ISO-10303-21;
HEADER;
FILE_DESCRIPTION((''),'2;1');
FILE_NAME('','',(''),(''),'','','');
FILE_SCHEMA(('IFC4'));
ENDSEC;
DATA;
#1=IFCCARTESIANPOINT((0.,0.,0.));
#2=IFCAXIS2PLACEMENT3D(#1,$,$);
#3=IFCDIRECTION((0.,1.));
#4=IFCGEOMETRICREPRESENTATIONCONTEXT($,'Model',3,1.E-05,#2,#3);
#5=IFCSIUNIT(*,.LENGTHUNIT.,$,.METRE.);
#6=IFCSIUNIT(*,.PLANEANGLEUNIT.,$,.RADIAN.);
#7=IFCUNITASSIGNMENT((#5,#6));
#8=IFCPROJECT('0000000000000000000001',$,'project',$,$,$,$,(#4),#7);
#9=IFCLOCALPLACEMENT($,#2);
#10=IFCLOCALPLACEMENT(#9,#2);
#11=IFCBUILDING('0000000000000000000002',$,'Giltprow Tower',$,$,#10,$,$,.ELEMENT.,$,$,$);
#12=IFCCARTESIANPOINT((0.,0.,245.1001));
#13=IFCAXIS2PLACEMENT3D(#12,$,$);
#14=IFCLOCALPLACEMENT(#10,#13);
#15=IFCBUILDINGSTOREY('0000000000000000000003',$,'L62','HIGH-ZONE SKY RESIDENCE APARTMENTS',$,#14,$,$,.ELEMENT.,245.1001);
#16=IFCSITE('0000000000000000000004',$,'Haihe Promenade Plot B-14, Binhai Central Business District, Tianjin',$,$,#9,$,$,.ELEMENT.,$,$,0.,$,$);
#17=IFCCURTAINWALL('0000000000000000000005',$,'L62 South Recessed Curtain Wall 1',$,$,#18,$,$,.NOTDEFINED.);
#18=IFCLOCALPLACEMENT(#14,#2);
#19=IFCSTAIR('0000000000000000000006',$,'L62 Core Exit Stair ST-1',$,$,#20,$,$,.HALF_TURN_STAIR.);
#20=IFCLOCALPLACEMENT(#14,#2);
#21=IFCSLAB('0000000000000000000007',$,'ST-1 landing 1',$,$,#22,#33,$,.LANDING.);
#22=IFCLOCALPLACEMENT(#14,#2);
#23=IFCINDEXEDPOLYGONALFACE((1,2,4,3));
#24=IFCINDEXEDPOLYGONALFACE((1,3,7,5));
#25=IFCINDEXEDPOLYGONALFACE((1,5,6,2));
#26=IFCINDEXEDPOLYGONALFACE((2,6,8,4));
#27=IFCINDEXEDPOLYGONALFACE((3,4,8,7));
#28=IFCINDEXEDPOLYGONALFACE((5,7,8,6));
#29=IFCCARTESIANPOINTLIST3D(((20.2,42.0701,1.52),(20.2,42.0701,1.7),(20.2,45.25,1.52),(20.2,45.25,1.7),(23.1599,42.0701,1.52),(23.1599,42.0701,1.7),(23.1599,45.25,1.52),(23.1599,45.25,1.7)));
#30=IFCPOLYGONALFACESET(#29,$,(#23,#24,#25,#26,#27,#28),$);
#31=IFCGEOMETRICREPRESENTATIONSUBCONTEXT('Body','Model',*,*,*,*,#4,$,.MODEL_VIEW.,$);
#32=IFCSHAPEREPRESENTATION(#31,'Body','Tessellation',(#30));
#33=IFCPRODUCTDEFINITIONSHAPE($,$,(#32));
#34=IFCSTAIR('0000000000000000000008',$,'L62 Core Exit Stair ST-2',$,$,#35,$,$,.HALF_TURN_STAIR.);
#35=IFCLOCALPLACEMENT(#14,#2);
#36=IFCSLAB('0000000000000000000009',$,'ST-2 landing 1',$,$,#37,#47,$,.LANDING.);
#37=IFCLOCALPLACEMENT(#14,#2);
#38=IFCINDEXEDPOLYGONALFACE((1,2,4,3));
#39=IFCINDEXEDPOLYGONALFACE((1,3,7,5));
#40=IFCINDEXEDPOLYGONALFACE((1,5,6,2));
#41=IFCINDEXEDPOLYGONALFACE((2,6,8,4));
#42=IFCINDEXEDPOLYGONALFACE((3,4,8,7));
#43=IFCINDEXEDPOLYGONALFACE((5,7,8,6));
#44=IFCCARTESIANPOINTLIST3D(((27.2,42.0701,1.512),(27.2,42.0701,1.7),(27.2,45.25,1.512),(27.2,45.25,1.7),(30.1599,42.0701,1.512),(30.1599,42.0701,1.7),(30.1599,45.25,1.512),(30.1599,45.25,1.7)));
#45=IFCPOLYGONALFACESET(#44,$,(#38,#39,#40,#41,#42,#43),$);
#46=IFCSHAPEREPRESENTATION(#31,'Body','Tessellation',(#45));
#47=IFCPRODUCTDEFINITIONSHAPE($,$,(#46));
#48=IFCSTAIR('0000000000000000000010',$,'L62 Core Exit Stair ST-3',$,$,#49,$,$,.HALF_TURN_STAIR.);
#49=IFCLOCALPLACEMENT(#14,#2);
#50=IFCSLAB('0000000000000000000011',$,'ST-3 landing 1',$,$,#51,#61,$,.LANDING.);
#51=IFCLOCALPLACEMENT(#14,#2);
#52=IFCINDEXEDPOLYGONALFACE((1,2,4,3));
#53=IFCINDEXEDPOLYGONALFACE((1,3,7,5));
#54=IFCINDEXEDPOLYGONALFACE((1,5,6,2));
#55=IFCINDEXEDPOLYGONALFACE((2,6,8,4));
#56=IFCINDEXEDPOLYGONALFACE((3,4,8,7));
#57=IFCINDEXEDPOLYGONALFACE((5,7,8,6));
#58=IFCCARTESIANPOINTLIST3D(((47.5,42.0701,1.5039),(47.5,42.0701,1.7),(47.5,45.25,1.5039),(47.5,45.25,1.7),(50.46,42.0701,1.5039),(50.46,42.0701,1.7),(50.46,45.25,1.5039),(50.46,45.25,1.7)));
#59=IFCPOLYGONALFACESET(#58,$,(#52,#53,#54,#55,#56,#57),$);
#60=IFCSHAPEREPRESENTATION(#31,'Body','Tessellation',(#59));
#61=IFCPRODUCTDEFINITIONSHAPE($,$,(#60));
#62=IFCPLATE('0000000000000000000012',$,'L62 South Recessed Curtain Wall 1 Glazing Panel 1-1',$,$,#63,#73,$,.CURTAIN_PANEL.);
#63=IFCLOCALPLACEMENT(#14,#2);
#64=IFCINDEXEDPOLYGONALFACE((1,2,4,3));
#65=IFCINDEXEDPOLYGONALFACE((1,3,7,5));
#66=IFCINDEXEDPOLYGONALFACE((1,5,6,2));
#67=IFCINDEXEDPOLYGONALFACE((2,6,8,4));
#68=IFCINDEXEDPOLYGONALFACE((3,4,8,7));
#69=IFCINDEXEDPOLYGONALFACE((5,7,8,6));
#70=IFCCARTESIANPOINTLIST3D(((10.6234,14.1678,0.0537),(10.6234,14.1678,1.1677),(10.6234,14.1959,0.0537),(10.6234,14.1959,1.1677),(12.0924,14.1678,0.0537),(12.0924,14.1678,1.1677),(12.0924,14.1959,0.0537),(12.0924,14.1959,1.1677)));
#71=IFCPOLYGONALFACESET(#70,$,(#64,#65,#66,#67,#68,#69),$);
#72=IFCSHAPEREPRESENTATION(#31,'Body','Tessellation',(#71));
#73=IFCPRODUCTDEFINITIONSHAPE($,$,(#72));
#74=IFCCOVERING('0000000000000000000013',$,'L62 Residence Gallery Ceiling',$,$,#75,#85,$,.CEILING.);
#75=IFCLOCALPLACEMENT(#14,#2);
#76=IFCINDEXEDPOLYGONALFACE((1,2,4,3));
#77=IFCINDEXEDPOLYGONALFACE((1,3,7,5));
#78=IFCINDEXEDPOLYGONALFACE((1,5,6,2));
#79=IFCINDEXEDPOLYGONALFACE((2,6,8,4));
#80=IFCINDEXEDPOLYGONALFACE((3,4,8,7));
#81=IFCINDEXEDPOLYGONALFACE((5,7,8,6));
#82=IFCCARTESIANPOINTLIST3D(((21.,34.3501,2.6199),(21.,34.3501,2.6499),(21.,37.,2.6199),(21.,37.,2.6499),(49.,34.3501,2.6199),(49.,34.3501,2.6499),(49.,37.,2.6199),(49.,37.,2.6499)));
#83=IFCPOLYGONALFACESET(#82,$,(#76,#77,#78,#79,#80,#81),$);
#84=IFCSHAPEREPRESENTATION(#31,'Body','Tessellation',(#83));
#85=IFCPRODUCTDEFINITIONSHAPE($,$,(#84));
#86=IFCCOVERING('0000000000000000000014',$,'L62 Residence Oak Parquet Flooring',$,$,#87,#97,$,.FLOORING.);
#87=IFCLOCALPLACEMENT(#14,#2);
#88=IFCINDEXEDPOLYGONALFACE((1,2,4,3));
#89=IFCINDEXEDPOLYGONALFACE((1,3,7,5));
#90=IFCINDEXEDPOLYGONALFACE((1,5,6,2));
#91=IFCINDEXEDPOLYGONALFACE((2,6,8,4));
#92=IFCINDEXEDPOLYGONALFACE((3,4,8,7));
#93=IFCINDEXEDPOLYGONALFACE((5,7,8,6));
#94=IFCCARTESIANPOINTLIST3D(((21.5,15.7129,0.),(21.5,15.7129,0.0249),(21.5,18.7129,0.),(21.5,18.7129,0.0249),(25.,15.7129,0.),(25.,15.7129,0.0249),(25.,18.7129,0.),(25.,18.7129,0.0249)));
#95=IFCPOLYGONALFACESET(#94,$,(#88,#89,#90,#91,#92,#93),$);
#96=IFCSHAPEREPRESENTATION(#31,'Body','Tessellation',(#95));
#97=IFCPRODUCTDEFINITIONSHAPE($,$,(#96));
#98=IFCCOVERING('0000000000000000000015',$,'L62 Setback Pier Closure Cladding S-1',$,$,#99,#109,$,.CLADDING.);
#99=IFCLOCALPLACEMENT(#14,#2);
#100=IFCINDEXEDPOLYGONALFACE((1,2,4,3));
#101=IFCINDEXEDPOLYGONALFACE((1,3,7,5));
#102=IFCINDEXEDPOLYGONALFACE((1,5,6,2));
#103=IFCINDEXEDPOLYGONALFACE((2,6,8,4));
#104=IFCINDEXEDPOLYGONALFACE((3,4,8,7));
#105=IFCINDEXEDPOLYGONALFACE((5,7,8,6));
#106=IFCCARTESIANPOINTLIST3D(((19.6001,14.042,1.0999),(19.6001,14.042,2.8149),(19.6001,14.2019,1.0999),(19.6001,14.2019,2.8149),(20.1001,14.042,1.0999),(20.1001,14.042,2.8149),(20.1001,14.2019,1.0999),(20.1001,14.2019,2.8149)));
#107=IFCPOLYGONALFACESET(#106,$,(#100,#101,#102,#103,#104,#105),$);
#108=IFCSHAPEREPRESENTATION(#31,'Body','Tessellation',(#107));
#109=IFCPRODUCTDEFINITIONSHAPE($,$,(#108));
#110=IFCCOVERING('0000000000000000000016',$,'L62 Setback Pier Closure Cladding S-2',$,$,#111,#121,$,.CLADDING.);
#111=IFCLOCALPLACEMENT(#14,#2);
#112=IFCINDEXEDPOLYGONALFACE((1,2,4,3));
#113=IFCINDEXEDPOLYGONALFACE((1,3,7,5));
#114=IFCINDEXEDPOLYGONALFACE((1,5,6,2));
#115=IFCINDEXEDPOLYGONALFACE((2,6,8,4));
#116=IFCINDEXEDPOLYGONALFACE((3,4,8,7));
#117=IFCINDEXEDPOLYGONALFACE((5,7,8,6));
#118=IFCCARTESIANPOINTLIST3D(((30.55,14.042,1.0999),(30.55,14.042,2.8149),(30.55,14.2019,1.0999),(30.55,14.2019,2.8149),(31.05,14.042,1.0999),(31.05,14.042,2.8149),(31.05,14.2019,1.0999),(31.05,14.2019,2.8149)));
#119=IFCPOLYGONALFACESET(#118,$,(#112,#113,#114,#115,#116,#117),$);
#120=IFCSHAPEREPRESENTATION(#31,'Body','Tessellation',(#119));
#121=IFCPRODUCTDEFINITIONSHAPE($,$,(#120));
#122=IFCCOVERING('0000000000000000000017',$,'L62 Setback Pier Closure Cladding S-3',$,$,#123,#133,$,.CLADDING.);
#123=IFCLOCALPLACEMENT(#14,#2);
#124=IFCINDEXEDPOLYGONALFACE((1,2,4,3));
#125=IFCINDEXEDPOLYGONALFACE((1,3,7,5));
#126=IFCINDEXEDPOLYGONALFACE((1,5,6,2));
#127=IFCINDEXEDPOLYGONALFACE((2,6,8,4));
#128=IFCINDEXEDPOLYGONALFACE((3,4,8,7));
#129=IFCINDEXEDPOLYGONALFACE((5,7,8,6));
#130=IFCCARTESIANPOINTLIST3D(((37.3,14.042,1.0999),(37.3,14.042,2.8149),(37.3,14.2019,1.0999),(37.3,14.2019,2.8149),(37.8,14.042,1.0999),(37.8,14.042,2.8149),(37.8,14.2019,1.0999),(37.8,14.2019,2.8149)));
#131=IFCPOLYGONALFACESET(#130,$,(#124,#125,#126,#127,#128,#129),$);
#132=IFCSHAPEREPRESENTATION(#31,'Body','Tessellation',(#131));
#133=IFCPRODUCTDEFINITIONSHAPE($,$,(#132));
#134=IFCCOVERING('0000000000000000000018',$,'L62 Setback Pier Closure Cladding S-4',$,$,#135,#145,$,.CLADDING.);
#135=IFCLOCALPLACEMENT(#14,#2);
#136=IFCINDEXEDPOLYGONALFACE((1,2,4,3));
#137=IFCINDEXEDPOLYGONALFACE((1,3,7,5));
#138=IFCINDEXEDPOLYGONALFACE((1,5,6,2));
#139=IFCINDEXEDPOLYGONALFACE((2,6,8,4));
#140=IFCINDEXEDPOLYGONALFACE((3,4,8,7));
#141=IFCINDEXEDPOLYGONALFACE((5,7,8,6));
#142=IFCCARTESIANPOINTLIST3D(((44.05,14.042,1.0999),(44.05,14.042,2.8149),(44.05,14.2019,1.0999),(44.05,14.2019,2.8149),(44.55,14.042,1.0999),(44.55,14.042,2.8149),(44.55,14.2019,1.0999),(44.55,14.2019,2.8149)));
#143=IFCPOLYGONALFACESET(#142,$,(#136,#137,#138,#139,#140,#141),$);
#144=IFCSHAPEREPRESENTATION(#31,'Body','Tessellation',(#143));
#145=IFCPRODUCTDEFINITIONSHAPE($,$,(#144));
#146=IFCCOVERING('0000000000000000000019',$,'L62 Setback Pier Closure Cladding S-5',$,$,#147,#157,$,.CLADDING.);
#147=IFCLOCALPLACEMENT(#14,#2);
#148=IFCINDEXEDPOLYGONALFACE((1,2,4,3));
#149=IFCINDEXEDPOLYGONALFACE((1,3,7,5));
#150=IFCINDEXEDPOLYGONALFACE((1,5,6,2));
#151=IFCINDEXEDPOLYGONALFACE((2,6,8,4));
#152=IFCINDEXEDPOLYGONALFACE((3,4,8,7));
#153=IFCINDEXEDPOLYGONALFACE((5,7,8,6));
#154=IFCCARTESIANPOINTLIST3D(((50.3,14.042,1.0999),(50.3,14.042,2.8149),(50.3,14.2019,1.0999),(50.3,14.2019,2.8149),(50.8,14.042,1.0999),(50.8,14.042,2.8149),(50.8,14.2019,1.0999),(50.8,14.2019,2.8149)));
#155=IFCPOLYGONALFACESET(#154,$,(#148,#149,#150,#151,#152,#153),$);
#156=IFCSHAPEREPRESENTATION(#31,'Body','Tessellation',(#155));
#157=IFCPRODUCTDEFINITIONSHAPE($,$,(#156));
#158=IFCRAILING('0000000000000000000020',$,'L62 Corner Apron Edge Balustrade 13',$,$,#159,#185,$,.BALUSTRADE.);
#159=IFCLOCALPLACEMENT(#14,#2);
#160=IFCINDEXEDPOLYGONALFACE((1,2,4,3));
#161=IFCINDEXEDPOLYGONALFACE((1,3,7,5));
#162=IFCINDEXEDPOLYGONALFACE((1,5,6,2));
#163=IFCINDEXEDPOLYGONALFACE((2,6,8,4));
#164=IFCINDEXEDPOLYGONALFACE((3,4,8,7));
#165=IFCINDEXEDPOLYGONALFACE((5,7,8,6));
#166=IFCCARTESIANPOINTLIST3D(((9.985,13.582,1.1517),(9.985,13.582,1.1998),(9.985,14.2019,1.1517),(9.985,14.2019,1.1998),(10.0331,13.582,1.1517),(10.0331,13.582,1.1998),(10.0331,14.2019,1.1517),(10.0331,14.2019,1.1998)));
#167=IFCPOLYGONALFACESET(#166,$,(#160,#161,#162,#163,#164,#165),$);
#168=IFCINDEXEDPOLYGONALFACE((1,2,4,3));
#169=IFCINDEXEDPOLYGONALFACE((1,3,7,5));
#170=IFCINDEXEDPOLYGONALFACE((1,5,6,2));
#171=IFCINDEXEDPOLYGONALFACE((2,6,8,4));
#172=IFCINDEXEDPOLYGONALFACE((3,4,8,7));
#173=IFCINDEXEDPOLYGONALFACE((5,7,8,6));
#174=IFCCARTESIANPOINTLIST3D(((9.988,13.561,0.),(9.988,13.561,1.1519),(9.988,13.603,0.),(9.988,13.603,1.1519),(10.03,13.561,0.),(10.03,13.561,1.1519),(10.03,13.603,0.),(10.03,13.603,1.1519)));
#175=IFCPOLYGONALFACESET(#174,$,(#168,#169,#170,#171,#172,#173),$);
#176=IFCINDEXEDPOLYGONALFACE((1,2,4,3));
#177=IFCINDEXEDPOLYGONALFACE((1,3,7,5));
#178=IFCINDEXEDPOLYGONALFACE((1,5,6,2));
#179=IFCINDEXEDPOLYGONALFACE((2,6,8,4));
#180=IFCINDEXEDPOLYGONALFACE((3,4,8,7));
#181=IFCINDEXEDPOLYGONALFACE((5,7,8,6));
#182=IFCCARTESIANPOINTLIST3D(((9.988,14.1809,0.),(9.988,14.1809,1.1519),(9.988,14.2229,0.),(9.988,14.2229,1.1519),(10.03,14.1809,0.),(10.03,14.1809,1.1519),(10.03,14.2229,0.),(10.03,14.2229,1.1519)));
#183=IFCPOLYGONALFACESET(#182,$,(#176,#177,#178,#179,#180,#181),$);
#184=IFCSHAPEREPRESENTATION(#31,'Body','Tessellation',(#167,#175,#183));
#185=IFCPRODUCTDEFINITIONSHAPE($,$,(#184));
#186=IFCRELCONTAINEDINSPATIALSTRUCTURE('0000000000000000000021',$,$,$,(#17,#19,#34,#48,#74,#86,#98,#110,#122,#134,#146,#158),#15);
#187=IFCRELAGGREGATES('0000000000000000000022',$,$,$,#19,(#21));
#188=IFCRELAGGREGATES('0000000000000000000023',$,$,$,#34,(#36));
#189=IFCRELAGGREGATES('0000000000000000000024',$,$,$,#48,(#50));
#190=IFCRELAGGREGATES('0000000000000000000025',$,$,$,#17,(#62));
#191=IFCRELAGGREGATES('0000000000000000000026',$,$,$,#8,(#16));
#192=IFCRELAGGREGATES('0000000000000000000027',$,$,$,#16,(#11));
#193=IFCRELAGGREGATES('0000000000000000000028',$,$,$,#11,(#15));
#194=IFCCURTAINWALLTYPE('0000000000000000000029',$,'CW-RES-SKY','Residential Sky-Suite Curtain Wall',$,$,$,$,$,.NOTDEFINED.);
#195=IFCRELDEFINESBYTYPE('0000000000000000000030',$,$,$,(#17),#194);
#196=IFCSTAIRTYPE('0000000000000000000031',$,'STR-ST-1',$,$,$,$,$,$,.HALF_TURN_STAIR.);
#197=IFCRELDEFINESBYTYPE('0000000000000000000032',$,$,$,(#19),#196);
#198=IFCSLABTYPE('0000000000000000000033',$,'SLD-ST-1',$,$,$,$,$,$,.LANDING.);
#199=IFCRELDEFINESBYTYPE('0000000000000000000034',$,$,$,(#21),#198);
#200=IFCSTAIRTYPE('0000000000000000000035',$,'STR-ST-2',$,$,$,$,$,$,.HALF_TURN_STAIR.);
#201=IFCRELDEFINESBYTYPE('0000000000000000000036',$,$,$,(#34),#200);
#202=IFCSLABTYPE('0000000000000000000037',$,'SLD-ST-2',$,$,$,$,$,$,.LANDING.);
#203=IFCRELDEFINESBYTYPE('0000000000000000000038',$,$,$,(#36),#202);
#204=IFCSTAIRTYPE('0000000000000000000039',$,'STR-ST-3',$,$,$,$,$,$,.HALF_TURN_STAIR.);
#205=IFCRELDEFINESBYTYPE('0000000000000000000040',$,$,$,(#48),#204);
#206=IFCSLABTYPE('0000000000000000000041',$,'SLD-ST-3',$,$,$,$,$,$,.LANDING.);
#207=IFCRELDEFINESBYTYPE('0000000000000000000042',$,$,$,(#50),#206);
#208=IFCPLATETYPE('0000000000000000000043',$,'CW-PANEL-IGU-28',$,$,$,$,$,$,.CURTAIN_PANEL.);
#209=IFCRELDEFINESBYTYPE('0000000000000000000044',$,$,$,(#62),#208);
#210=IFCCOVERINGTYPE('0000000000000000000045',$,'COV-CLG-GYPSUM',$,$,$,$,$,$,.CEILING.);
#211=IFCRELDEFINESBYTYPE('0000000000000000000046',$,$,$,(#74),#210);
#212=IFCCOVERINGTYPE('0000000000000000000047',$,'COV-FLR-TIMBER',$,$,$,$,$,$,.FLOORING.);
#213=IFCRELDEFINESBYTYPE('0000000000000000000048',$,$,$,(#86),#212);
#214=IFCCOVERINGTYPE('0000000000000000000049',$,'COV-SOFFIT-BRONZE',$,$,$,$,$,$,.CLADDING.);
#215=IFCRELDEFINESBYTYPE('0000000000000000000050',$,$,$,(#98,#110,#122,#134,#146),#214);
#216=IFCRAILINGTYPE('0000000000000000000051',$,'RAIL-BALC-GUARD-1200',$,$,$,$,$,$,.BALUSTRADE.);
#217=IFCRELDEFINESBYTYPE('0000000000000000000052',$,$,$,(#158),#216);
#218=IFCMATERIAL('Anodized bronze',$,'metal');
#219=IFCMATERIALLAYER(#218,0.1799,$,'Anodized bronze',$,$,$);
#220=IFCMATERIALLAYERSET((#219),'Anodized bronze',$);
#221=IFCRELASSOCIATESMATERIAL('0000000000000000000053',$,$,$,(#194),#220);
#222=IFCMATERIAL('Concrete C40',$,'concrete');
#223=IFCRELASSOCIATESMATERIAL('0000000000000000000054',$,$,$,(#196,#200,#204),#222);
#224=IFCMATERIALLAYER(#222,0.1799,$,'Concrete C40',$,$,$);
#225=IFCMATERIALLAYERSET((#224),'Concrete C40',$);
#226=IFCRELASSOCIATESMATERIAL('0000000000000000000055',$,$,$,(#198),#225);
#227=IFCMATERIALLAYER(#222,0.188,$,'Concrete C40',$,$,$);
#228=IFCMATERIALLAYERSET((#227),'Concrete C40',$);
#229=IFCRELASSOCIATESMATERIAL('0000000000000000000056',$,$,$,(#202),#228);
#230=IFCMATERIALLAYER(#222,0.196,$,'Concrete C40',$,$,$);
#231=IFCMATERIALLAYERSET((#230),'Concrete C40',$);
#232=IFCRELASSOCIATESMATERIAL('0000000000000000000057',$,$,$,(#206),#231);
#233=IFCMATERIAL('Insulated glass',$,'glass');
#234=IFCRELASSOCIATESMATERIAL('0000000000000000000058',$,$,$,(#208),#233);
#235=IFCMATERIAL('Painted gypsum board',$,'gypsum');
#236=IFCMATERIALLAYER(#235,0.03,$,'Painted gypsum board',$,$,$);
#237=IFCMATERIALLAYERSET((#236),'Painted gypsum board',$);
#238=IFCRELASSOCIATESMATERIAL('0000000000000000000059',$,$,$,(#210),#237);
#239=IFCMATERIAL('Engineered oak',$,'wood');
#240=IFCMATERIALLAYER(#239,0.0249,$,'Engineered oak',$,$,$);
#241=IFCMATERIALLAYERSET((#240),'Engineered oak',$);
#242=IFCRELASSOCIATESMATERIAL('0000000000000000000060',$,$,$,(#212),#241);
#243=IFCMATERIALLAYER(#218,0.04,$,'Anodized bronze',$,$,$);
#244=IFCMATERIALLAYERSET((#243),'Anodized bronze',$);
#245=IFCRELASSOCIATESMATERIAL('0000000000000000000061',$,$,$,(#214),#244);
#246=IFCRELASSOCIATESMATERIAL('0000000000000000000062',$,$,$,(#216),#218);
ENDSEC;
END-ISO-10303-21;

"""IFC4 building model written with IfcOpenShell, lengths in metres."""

from ifc_helpers import new_model, si_unit, direction, frame, origin, origin_2d, place, context, subcontext, project, spatial, polyline, rectangle, outline, extrude, source, transform, mapped, material, layer, layer_set, type_object, element, aggregate, save


model = new_model("IFC4")

# Units and contexts
model_context = context("Model", 3, precision=1e-05, world=origin(), true_north=direction((0.0, 1.0)))
body_context = subcontext(model_context, "Body", "Model", "MODEL_VIEW")
ifc_project = project(units=[si_unit("LENGTHUNIT", "METRE"), si_unit("PLANEANGLEUNIT", "RADIAN")], contexts=[model_context])

# Site, building, storey
site_placement = place(None, origin())
site = spatial("IfcSite", under=ifc_project, at=site_placement, Name="Haihe Promenade Plot B-14, Binhai Central Business District, Tianjin", CompositionType="ELEMENT", RefElevation=0.0)
building_placement = place(site_placement, origin())
building = spatial("IfcBuilding", under=site, at=building_placement, Name="Giltprow Tower", CompositionType="ELEMENT")
storey_placement = place(building_placement, frame((0.0, 0.0, 245.1001)))
storey = spatial("IfcBuildingStorey", under=building, at=storey_placement, Name="L62", Description="HIGH-ZONE SKY RESIDENCE APARTMENTS", CompositionType="ELEMENT", Elevation=245.1001)

# Curtain wall
ifc_material_1 = material(Name="Anodized bronze", Category="metal")
ifc_layer_1 = layer(ifc_material_1, 0.1799, Name="Anodized bronze")
ifc_layer_set_1 = layer_set([ifc_layer_1], Name="Anodized bronze")
curtain_wall_type = type_object("IfcCurtainWallType", Name="CW-RES-SKY", Description="Residential Sky-Suite Curtain Wall", PredefinedType="NOTDEFINED", material=ifc_layer_set_1)
curtain_wall_placement = place(storey_placement, origin())
curtain_wall = element("IfcCurtainWall", 1, at=curtain_wall_placement, inside=storey, type_object=curtain_wall_type, Name="L62 South Recessed Curtain Wall 1", PredefinedType="NOTDEFINED")

# Shared definitions
ifc_material_2 = material(Name="Concrete C40", Category="concrete")

# Stairs, slabs
stair_type_1 = type_object("IfcStairType", Name="STR-ST-1", PredefinedType="HALF_TURN_STAIR", material=ifc_material_2)
stair_1_placement = place(storey_placement, origin())
stair_1 = element("IfcStair", 2, at=stair_1_placement, inside=storey, type_object=stair_type_1, Name="L62 Core Exit Stair ST-1", PredefinedType="HALF_TURN_STAIR")
ifc_layer_2 = layer(ifc_material_2, 0.1799, Name="Concrete C40")
ifc_layer_set_2 = layer_set([ifc_layer_2], Name="Concrete C40")
slab_type_1 = type_object("IfcSlabType", Name="SLD-ST-1", PredefinedType="LANDING", material=ifc_layer_set_2)
slab_1_placement = place(storey_placement, frame((0.0, 0.0, 1.52)))
slab_1 = element("IfcSlab", 3, at=slab_1_placement, type_object=slab_type_1, Name="ST-1 landing 1", PredefinedType="LANDING", context=body_context, shape_type="SweptSolid", body=[
    extrude(outline(polyline([(23.1599, 42.0701), (23.1599, 45.25), (20.2, 45.25), (20.2, 42.0701), (23.1599, 42.0701)])), origin(), (0.0, 0.0, 1.0), 0.1799),
])
aggregate(stair_1, [slab_1])
stair_type_2 = type_object("IfcStairType", Name="STR-ST-2", PredefinedType="HALF_TURN_STAIR", material=ifc_material_2)
stair_2_placement = place(storey_placement, origin())
stair_2 = element("IfcStair", 4, at=stair_2_placement, inside=storey, type_object=stair_type_2, Name="L62 Core Exit Stair ST-2", PredefinedType="HALF_TURN_STAIR")
ifc_layer_3 = layer(ifc_material_2, 0.188, Name="Concrete C40")
ifc_layer_set_3 = layer_set([ifc_layer_3], Name="Concrete C40")
slab_type_2 = type_object("IfcSlabType", Name="SLD-ST-2", PredefinedType="LANDING", material=ifc_layer_set_3)
slab_2_placement = place(storey_placement, frame((0.0, 0.0, 1.512)))
slab_2 = element("IfcSlab", 5, at=slab_2_placement, type_object=slab_type_2, Name="ST-2 landing 1", PredefinedType="LANDING", context=body_context, shape_type="SweptSolid", body=[
    extrude(outline(polyline([(30.1599, 42.0701), (30.1599, 45.25), (27.2, 45.25), (27.2, 42.0701), (30.1599, 42.0701)])), origin(), (0.0, 0.0, 1.0), 0.188),
])
aggregate(stair_2, [slab_2])
stair_type_3 = type_object("IfcStairType", Name="STR-ST-3", PredefinedType="HALF_TURN_STAIR", material=ifc_material_2)
stair_3_placement = place(storey_placement, origin())
stair_3 = element("IfcStair", 6, at=stair_3_placement, inside=storey, type_object=stair_type_3, Name="L62 Core Exit Stair ST-3", PredefinedType="HALF_TURN_STAIR")
ifc_layer_4 = layer(ifc_material_2, 0.196, Name="Concrete C40")
ifc_layer_set_4 = layer_set([ifc_layer_4], Name="Concrete C40")
slab_type_3 = type_object("IfcSlabType", Name="SLD-ST-3", PredefinedType="LANDING", material=ifc_layer_set_4)
slab_3_placement = place(storey_placement, frame((0.0, 0.0, 1.5039)))
slab_3 = element("IfcSlab", 7, at=slab_3_placement, type_object=slab_type_3, Name="ST-3 landing 1", PredefinedType="LANDING", context=body_context, shape_type="SweptSolid", body=[
    extrude(outline(polyline([(50.46, 42.0701), (50.46, 45.25), (47.5, 45.25), (47.5, 42.0701), (50.46, 42.0701)])), origin(), (0.0, 0.0, 1.0), 0.196),
])
aggregate(stair_3, [slab_3])

# Plate
ifc_material_3 = material(Name="Insulated glass", Category="glass")
plate_type = type_object("IfcPlateType", Name="CW-PANEL-IGU-28", PredefinedType="CURTAIN_PANEL", material=ifc_material_3)
shared_shape_1 = source(origin(), body_context, "Body", "SweptSolid", [
    extrude(rectangle(XDim=1.469, YDim=0.0281, at=origin_2d()), origin(), (0.0, 0.0, 1.0), 1.114),
])
plate_placement = place(storey_placement, frame((11.3579, 14.1819, 0.0537), z_axis=(0.0, 0.0, 1.0), x_axis=(1.0, 0.0, 0.0)))
plate = element("IfcPlate", 8, at=plate_placement, type_object=plate_type, Name="L62 South Recessed Curtain Wall 1 Glazing Panel 1-1", PredefinedType="CURTAIN_PANEL", context=body_context, shape_type="MappedRepresentation", body=[
    mapped(shared_shape_1, transform((0.0, 0.0, 0.0), x_axis=(1.0, 0.0, 0.0), y_axis=(0.0, 1.0, 0.0), z_axis=(0.0, 0.0, 1.0), scale=1.0)),
])
aggregate(curtain_wall, [plate])

# Coverings
ifc_material_4 = material(Name="Painted gypsum board", Category="gypsum")
ifc_layer_5 = layer(ifc_material_4, 0.03, Name="Painted gypsum board")
ifc_layer_set_5 = layer_set([ifc_layer_5], Name="Painted gypsum board")
covering_type_1 = type_object("IfcCoveringType", Name="COV-CLG-GYPSUM", PredefinedType="CEILING", material=ifc_layer_set_5)
covering_1_placement = place(storey_placement, frame((0.0, 0.0, 2.6199)))
element("IfcCovering", 9, at=covering_1_placement, inside=storey, type_object=covering_type_1, Name="L62 Residence Gallery Ceiling", PredefinedType="CEILING", context=body_context, shape_type="SweptSolid", body=[
    extrude(outline(polyline([(21.0, 34.3501), (49.0, 34.3501), (49.0, 37.0), (21.0, 37.0), (21.0, 34.3501)])), origin(), (0.0, 0.0, 1.0), 0.03),
])
ifc_material_5 = material(Name="Engineered oak", Category="wood")
ifc_layer_6 = layer(ifc_material_5, 0.0249, Name="Engineered oak")
ifc_layer_set_6 = layer_set([ifc_layer_6], Name="Engineered oak")
covering_type_2 = type_object("IfcCoveringType", Name="COV-FLR-TIMBER", PredefinedType="FLOORING", material=ifc_layer_set_6)
covering_2_placement = place(storey_placement, origin())
element("IfcCovering", 10, at=covering_2_placement, inside=storey, type_object=covering_type_2, Name="L62 Residence Oak Parquet Flooring", PredefinedType="FLOORING", context=body_context, shape_type="SweptSolid", body=[
    extrude(outline(polyline([(21.5, 15.7129), (25.0, 15.7129), (25.0, 18.7129), (21.5, 18.7129), (21.5, 15.7129)])), origin(), (0.0, 0.0, 1.0), 0.0249),
])
ifc_layer_7 = layer(ifc_material_1, 0.04, Name="Anodized bronze")
ifc_layer_set_7 = layer_set([ifc_layer_7], Name="Anodized bronze")
covering_type_3 = type_object("IfcCoveringType", Name="COV-SOFFIT-BRONZE", PredefinedType="CLADDING", material=ifc_layer_set_7)
covering_3_placement = place(storey_placement, frame((0.0, 0.0, 1.0999)))
element("IfcCovering", 11, at=covering_3_placement, inside=storey, type_object=covering_type_3, Name="L62 Setback Pier Closure Cladding S-1", PredefinedType="CLADDING", context=body_context, shape_type="SweptSolid", body=[
    extrude(outline(polyline([(19.6001, 14.042), (20.1001, 14.042), (20.1001, 14.2019), (19.6001, 14.2019), (19.6001, 14.042)])), origin(), (0.0, 0.0, 1.0), 1.7151),
])
covering_4_placement = place(storey_placement, frame((0.0, 0.0, 1.0999)))
element("IfcCovering", 12, at=covering_4_placement, inside=storey, type_object=covering_type_3, Name="L62 Setback Pier Closure Cladding S-2", PredefinedType="CLADDING", context=body_context, shape_type="SweptSolid", body=[
    extrude(outline(polyline([(30.55, 14.042), (31.05, 14.042), (31.05, 14.2019), (30.55, 14.2019), (30.55, 14.042)])), origin(), (0.0, 0.0, 1.0), 1.7151),
])
covering_5_placement = place(storey_placement, frame((0.0, 0.0, 1.0999)))
element("IfcCovering", 13, at=covering_5_placement, inside=storey, type_object=covering_type_3, Name="L62 Setback Pier Closure Cladding S-3", PredefinedType="CLADDING", context=body_context, shape_type="SweptSolid", body=[
    extrude(outline(polyline([(37.3, 14.042), (37.8, 14.042), (37.8, 14.2019), (37.3, 14.2019), (37.3, 14.042)])), origin(), (0.0, 0.0, 1.0), 1.7151),
])
covering_6_placement = place(storey_placement, frame((0.0, 0.0, 1.0999)))
element("IfcCovering", 14, at=covering_6_placement, inside=storey, type_object=covering_type_3, Name="L62 Setback Pier Closure Cladding S-4", PredefinedType="CLADDING", context=body_context, shape_type="SweptSolid", body=[
    extrude(outline(polyline([(44.05, 14.042), (44.55, 14.042), (44.55, 14.2019), (44.05, 14.2019), (44.05, 14.042)])), origin(), (0.0, 0.0, 1.0), 1.7151),
])
covering_7_placement = place(storey_placement, frame((0.0, 0.0, 1.0999)))
element("IfcCovering", 15, at=covering_7_placement, inside=storey, type_object=covering_type_3, Name="L62 Setback Pier Closure Cladding S-5", PredefinedType="CLADDING", context=body_context, shape_type="SweptSolid", body=[
    extrude(outline(polyline([(50.3, 14.042), (50.8, 14.042), (50.8, 14.2019), (50.3, 14.2019), (50.3, 14.042)])), origin(), (0.0, 0.0, 1.0), 1.7151),
])

# Railing
railing_type = type_object("IfcRailingType", Name="RAIL-BALC-GUARD-1200", PredefinedType="BALUSTRADE", material=ifc_material_1)
railing_placement = place(storey_placement, frame((10.009, 13.582, 0.0)))
element("IfcRailing", 16, at=railing_placement, inside=storey, type_object=railing_type, Name="L62 Corner Apron Edge Balustrade 13", PredefinedType="BALUSTRADE", context=body_context, shape_type="SweptSolid", body=[
    extrude(rectangle(XDim=0.0481, YDim=0.0481, at=origin_2d()), frame((0.0, 0.0, 1.1758), z_axis=(0.0, 1.0, 0.0), x_axis=(-1.0, 0.0, 0.0)), (0.0, 0.0, 1.0), 0.6199),
    extrude(rectangle(XDim=0.042, YDim=0.042, at=origin_2d()), origin(), (0.0, 0.0, 1.0), 1.1519),
    extrude(rectangle(XDim=0.042, YDim=0.042, at=origin_2d()), frame((0.0, 0.6199, 0.0)), (0.0, 0.0, 1.0), 1.1519),
])

save(model, "model.ifc")
